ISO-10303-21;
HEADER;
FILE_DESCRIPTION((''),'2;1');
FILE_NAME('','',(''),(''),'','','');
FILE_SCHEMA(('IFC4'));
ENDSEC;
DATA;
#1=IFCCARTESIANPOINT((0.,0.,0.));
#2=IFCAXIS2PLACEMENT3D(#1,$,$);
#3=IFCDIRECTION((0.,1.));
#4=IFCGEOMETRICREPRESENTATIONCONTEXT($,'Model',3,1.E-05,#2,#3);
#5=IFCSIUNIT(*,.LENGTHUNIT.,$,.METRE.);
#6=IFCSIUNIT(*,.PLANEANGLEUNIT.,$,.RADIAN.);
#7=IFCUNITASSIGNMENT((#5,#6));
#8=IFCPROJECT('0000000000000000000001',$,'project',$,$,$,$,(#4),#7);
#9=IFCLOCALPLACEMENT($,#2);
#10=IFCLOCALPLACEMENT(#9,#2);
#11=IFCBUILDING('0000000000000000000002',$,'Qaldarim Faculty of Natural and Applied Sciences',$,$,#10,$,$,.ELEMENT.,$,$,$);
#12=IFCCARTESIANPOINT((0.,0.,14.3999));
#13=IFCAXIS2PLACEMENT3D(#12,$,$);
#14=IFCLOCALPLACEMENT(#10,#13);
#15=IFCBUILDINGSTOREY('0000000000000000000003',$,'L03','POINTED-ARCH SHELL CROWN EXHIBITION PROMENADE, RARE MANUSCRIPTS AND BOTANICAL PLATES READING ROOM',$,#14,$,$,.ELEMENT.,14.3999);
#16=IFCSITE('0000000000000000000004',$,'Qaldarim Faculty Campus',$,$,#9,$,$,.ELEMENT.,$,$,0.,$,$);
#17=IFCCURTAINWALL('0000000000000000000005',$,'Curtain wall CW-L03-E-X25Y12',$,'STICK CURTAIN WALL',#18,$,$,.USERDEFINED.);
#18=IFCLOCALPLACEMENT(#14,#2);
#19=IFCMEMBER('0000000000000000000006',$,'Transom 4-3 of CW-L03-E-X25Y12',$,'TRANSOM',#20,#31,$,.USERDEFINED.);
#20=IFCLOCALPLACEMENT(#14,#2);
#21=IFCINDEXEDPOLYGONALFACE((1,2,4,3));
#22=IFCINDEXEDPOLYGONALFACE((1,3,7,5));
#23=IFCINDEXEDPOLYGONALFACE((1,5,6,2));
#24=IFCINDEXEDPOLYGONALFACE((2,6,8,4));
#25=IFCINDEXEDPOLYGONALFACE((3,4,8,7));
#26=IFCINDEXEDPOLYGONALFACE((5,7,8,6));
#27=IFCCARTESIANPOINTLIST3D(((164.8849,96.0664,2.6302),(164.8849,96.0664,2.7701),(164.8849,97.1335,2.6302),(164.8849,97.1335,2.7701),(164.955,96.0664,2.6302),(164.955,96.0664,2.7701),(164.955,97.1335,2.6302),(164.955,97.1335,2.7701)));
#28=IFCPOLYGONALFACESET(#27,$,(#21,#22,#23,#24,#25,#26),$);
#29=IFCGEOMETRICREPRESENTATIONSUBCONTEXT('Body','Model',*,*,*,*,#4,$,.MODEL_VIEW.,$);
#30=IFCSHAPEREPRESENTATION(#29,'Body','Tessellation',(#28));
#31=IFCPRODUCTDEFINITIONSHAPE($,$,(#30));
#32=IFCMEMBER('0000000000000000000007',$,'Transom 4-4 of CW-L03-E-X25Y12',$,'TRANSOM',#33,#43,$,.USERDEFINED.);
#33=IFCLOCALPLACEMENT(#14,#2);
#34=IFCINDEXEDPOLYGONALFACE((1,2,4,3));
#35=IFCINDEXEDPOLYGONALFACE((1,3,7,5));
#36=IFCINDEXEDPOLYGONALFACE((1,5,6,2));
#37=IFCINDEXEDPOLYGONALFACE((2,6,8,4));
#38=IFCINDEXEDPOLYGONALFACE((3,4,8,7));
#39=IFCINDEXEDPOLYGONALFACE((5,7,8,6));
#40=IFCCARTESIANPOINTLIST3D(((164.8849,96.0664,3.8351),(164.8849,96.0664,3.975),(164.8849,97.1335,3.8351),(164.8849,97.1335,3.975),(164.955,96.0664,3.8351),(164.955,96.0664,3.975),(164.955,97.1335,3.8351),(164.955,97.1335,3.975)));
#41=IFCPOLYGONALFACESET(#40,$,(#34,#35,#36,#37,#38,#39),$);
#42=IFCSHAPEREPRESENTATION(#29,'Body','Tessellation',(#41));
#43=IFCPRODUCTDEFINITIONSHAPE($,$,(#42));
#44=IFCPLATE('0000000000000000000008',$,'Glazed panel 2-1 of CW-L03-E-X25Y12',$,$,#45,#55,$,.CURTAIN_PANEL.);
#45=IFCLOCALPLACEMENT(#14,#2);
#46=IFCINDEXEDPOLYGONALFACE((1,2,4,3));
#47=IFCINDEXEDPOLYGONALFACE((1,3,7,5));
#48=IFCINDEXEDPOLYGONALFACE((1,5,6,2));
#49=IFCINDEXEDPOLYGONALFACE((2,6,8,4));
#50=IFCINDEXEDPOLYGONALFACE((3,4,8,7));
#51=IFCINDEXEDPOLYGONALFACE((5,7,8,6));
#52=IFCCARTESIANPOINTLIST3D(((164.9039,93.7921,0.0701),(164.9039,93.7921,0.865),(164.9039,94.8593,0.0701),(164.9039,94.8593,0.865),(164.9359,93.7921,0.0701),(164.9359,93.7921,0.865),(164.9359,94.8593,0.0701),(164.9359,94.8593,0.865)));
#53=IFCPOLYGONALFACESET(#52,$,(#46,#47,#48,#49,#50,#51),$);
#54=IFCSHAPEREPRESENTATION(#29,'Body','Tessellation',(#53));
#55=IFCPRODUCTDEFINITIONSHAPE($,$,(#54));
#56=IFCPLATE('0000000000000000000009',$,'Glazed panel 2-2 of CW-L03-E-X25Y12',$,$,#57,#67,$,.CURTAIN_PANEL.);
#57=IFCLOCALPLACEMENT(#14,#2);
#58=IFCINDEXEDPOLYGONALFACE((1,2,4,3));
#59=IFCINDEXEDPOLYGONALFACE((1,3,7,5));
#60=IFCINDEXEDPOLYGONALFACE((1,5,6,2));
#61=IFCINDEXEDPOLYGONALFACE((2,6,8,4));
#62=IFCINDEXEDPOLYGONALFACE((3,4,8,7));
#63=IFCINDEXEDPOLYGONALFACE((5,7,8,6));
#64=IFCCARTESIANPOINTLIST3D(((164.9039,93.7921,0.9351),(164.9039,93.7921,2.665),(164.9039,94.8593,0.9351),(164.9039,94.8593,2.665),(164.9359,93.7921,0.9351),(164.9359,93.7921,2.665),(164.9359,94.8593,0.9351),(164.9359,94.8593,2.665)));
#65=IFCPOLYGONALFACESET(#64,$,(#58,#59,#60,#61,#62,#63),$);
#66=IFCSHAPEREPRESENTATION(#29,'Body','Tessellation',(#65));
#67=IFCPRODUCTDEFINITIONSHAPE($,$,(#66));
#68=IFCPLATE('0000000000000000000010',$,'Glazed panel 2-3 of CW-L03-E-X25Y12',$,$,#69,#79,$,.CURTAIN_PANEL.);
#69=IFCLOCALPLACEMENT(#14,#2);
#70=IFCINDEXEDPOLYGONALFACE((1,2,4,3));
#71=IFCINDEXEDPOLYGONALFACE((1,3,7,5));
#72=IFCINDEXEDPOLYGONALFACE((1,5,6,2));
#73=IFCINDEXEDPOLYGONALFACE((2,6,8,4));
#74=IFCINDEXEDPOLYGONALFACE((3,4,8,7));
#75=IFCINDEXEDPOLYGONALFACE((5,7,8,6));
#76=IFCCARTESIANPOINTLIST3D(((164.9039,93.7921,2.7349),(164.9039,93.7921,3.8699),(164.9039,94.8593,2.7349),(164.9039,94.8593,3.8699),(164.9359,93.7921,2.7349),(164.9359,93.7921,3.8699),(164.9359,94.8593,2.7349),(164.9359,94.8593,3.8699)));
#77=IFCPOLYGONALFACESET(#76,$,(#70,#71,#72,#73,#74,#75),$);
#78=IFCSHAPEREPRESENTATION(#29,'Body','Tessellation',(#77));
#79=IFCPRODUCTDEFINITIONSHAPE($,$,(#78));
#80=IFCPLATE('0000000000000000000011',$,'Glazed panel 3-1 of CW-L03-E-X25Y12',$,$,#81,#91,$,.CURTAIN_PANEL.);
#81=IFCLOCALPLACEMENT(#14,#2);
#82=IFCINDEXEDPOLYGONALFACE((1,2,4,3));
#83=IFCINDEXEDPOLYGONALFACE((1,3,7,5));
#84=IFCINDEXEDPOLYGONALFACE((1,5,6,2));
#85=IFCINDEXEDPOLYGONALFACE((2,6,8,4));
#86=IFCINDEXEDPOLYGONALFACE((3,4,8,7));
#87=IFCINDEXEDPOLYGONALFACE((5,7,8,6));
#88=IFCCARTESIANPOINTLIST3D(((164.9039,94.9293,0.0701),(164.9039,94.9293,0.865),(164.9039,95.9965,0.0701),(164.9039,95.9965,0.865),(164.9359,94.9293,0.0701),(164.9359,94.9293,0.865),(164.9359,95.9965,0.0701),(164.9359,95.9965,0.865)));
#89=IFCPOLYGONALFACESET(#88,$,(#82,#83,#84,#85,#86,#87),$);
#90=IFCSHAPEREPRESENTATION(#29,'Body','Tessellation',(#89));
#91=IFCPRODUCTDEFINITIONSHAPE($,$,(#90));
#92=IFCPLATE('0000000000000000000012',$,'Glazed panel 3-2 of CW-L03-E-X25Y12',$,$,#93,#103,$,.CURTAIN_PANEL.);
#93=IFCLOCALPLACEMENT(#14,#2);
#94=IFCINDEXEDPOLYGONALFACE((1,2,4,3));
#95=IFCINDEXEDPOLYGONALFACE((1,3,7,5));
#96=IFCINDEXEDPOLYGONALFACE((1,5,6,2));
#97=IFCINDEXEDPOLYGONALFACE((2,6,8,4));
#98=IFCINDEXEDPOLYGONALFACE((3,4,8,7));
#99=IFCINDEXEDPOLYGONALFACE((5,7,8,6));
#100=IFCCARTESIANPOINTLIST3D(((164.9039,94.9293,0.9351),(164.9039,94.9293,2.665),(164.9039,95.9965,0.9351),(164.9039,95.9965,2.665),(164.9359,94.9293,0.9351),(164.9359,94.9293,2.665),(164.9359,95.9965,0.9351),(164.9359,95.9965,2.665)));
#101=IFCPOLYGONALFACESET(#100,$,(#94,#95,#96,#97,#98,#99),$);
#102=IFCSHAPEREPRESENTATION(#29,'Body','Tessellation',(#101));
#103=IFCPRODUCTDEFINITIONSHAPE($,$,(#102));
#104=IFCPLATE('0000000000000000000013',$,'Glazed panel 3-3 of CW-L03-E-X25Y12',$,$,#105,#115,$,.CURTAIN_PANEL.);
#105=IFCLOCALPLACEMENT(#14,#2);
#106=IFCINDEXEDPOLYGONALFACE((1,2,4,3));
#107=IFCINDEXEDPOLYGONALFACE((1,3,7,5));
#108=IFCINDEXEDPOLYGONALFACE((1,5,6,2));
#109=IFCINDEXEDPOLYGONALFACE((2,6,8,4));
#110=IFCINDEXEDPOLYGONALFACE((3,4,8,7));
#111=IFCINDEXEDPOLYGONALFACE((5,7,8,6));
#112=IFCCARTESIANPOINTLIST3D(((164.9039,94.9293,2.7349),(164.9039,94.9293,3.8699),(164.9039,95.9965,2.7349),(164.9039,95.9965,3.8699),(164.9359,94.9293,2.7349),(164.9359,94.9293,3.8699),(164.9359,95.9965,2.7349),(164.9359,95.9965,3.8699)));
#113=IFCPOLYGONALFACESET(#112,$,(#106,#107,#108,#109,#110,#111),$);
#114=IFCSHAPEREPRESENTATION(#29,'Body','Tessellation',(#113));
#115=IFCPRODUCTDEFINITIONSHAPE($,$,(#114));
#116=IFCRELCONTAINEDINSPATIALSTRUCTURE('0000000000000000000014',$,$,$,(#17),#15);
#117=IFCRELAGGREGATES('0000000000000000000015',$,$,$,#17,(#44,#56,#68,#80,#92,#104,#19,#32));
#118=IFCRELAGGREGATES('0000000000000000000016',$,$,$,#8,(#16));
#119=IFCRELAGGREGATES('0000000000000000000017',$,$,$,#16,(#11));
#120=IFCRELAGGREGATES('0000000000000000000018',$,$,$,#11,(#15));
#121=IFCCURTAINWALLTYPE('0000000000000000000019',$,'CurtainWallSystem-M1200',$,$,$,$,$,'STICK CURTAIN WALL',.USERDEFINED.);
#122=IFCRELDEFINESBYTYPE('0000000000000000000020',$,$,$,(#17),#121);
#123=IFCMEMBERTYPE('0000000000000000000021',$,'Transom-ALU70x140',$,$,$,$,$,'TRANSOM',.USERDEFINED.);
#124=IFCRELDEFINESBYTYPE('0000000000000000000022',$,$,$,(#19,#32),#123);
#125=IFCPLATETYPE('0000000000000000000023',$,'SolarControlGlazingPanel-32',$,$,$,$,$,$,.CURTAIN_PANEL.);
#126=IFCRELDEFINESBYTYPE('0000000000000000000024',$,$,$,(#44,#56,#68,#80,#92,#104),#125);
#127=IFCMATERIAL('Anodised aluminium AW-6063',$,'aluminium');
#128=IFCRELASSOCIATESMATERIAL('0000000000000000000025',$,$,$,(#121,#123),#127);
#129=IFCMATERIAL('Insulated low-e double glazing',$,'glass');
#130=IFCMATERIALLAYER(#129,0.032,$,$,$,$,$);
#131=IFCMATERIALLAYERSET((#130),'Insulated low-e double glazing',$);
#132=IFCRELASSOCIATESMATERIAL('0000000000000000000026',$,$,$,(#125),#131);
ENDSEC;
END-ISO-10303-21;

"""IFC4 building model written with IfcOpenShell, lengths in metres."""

from ifc_helpers import new_model, si_unit, direction, frame, origin, origin_2d, place, context, subcontext, project, spatial, rectangle, extrude, material, layer, layer_set, material_profile, profile_set, type_object, element, aggregate, save


model = new_model("IFC4")

# Units and contexts
model_context = context("Model", 3, precision=1e-05, world=origin(), true_north=direction((0.0, 1.0)))
body_context = subcontext(model_context, "Body", "Model", "MODEL_VIEW")
ifc_project = project(units=[si_unit("LENGTHUNIT", "METRE"), si_unit("PLANEANGLEUNIT", "RADIAN")], contexts=[model_context])

# Site, building, storey
site_placement = place(None, origin())
site = spatial("IfcSite", under=ifc_project, at=site_placement, Name="Qaldarim Faculty Campus", CompositionType="ELEMENT", RefElevation=0.0)
building_placement = place(site_placement, origin())
building = spatial("IfcBuilding", under=site, at=building_placement, Name="Qaldarim Faculty of Natural and Applied Sciences", CompositionType="ELEMENT")
storey_placement = place(building_placement, frame((0.0, 0.0, 14.3999)))
storey = spatial("IfcBuildingStorey", under=building, at=storey_placement, Name="L03", Description="POINTED-ARCH SHELL CROWN EXHIBITION PROMENADE, RARE MANUSCRIPTS AND BOTANICAL PLATES READING ROOM", CompositionType="ELEMENT", Elevation=14.3999)

# Curtain wall
ifc_material_1 = material(Name="Anodised aluminium AW-6063", Category="aluminium")
curtain_wall_type = type_object("IfcCurtainWallType", Name="CurtainWallSystem-M1200", ElementType="STICK CURTAIN WALL", PredefinedType="USERDEFINED", material=ifc_material_1)
curtain_wall_placement = place(storey_placement, origin())
curtain_wall = element("IfcCurtainWall", 1, at=curtain_wall_placement, inside=storey, type_object=curtain_wall_type, Name="Curtain wall CW-L03-E-X25Y12", ObjectType="STICK CURTAIN WALL", PredefinedType="USERDEFINED")

# Members
ifc_material_profile_1 = material_profile(ifc_material_1, rectangle(XDim=0.0701, YDim=0.1399, at=origin_2d()), Name="ALU-T70x140")
ifc_profile_set_1 = profile_set([ifc_material_profile_1], Name="Anodised aluminium AW-6063")
member_type_1 = type_object("IfcMemberType", Name="Transom-ALU70x140", ElementType="TRANSOM", PredefinedType="USERDEFINED", material=ifc_profile_set_1)
member_1_placement = place(storey_placement, frame((164.9199, 96.0664, 2.7002), z_axis=(0.0, 1.0, 0.0), x_axis=(-1.0, 0.0, 0.0)))
member_1 = element("IfcMember", 2, at=member_1_placement, type_object=member_type_1, Name="Transom 4-3 of CW-L03-E-X25Y12", ObjectType="TRANSOM", PredefinedType="USERDEFINED", context=body_context, shape_type="SweptSolid", body=[
    extrude(rectangle(XDim=0.0701, YDim=0.1399, at=origin_2d()), origin(), (0.0, 0.0, 1.0), 1.0671),
])
member_2_placement = place(storey_placement, frame((164.9199, 96.0664, 3.905), z_axis=(0.0, 1.0, 0.0), x_axis=(-1.0, 0.0, 0.0)))
member_2 = element("IfcMember", 3, at=member_2_placement, type_object=member_type_1, Name="Transom 4-4 of CW-L03-E-X25Y12", ObjectType="TRANSOM", PredefinedType="USERDEFINED", context=body_context, shape_type="SweptSolid", body=[
    extrude(rectangle(XDim=0.0701, YDim=0.1399, at=origin_2d()), origin(), (0.0, 0.0, 1.0), 1.0671),
])

# Plates
ifc_material_2 = material(Name="Insulated low-e double glazing", Category="glass")
ifc_layer = layer(ifc_material_2, 0.032)
ifc_layer_set = layer_set([ifc_layer], Name="Insulated low-e double glazing")
plate_type = type_object("IfcPlateType", Name="SolarControlGlazingPanel-32", PredefinedType="CURTAIN_PANEL", material=ifc_layer_set)
plate_1_placement = place(storey_placement, frame((164.9199, 94.3257, 0.0701), z_axis=(0.0, 0.0, 1.0), x_axis=(0.0, 1.0, 0.0)))
plate_1 = element("IfcPlate", 4, at=plate_1_placement, type_object=plate_type, Name="Glazed panel 2-1 of CW-L03-E-X25Y12", PredefinedType="CURTAIN_PANEL", context=body_context, shape_type="SweptSolid", body=[
    extrude(rectangle(XDim=1.0671, YDim=0.032, at=origin_2d()), origin(), (0.0, 0.0, 1.0), 0.7949),
])
plate_2_placement = place(storey_placement, frame((164.9199, 94.3257, 0.9351), z_axis=(0.0, 0.0, 1.0), x_axis=(0.0, 1.0, 0.0)))
plate_2 = element("IfcPlate", 5, at=plate_2_placement, type_object=plate_type, Name="Glazed panel 2-2 of CW-L03-E-X25Y12", PredefinedType="CURTAIN_PANEL", context=body_context, shape_type="SweptSolid", body=[
    extrude(rectangle(XDim=1.0671, YDim=0.032, at=origin_2d()), origin(), (0.0, 0.0, 1.0), 1.73),
])
plate_3_placement = place(storey_placement, frame((164.9199, 94.3257, 2.7349), z_axis=(0.0, 0.0, 1.0), x_axis=(0.0, 1.0, 0.0)))
plate_3 = element("IfcPlate", 6, at=plate_3_placement, type_object=plate_type, Name="Glazed panel 2-3 of CW-L03-E-X25Y12", PredefinedType="CURTAIN_PANEL", context=body_context, shape_type="SweptSolid", body=[
    extrude(rectangle(XDim=1.0671, YDim=0.032, at=origin_2d()), origin(), (0.0, 0.0, 1.0), 1.135),
])
plate_4_placement = place(storey_placement, frame((164.9199, 95.4629, 0.0701), z_axis=(0.0, 0.0, 1.0), x_axis=(0.0, 1.0, 0.0)))
plate_4 = element("IfcPlate", 7, at=plate_4_placement, type_object=plate_type, Name="Glazed panel 3-1 of CW-L03-E-X25Y12", PredefinedType="CURTAIN_PANEL", context=body_context, shape_type="SweptSolid", body=[
    extrude(rectangle(XDim=1.0671, YDim=0.032, at=origin_2d()), origin(), (0.0, 0.0, 1.0), 0.7949),
])
plate_5_placement = place(storey_placement, frame((164.9199, 95.4629, 0.9351), z_axis=(0.0, 0.0, 1.0), x_axis=(0.0, 1.0, 0.0)))
plate_5 = element("IfcPlate", 8, at=plate_5_placement, type_object=plate_type, Name="Glazed panel 3-2 of CW-L03-E-X25Y12", PredefinedType="CURTAIN_PANEL", context=body_context, shape_type="SweptSolid", body=[
    extrude(rectangle(XDim=1.0671, YDim=0.032, at=origin_2d()), origin(), (0.0, 0.0, 1.0), 1.73),
])
plate_6_placement = place(storey_placement, frame((164.9199, 95.4629, 2.7349), z_axis=(0.0, 0.0, 1.0), x_axis=(0.0, 1.0, 0.0)))
plate_6 = element("IfcPlate", 9, at=plate_6_placement, type_object=plate_type, Name="Glazed panel 3-3 of CW-L03-E-X25Y12", PredefinedType="CURTAIN_PANEL", context=body_context, shape_type="SweptSolid", body=[
    extrude(rectangle(XDim=1.0671, YDim=0.032, at=origin_2d()), origin(), (0.0, 0.0, 1.0), 1.135),
])
aggregate(curtain_wall, [plate_1, plate_2, plate_3, plate_4, plate_5, plate_6, member_1, member_2])

save(model, "model.ifc")
